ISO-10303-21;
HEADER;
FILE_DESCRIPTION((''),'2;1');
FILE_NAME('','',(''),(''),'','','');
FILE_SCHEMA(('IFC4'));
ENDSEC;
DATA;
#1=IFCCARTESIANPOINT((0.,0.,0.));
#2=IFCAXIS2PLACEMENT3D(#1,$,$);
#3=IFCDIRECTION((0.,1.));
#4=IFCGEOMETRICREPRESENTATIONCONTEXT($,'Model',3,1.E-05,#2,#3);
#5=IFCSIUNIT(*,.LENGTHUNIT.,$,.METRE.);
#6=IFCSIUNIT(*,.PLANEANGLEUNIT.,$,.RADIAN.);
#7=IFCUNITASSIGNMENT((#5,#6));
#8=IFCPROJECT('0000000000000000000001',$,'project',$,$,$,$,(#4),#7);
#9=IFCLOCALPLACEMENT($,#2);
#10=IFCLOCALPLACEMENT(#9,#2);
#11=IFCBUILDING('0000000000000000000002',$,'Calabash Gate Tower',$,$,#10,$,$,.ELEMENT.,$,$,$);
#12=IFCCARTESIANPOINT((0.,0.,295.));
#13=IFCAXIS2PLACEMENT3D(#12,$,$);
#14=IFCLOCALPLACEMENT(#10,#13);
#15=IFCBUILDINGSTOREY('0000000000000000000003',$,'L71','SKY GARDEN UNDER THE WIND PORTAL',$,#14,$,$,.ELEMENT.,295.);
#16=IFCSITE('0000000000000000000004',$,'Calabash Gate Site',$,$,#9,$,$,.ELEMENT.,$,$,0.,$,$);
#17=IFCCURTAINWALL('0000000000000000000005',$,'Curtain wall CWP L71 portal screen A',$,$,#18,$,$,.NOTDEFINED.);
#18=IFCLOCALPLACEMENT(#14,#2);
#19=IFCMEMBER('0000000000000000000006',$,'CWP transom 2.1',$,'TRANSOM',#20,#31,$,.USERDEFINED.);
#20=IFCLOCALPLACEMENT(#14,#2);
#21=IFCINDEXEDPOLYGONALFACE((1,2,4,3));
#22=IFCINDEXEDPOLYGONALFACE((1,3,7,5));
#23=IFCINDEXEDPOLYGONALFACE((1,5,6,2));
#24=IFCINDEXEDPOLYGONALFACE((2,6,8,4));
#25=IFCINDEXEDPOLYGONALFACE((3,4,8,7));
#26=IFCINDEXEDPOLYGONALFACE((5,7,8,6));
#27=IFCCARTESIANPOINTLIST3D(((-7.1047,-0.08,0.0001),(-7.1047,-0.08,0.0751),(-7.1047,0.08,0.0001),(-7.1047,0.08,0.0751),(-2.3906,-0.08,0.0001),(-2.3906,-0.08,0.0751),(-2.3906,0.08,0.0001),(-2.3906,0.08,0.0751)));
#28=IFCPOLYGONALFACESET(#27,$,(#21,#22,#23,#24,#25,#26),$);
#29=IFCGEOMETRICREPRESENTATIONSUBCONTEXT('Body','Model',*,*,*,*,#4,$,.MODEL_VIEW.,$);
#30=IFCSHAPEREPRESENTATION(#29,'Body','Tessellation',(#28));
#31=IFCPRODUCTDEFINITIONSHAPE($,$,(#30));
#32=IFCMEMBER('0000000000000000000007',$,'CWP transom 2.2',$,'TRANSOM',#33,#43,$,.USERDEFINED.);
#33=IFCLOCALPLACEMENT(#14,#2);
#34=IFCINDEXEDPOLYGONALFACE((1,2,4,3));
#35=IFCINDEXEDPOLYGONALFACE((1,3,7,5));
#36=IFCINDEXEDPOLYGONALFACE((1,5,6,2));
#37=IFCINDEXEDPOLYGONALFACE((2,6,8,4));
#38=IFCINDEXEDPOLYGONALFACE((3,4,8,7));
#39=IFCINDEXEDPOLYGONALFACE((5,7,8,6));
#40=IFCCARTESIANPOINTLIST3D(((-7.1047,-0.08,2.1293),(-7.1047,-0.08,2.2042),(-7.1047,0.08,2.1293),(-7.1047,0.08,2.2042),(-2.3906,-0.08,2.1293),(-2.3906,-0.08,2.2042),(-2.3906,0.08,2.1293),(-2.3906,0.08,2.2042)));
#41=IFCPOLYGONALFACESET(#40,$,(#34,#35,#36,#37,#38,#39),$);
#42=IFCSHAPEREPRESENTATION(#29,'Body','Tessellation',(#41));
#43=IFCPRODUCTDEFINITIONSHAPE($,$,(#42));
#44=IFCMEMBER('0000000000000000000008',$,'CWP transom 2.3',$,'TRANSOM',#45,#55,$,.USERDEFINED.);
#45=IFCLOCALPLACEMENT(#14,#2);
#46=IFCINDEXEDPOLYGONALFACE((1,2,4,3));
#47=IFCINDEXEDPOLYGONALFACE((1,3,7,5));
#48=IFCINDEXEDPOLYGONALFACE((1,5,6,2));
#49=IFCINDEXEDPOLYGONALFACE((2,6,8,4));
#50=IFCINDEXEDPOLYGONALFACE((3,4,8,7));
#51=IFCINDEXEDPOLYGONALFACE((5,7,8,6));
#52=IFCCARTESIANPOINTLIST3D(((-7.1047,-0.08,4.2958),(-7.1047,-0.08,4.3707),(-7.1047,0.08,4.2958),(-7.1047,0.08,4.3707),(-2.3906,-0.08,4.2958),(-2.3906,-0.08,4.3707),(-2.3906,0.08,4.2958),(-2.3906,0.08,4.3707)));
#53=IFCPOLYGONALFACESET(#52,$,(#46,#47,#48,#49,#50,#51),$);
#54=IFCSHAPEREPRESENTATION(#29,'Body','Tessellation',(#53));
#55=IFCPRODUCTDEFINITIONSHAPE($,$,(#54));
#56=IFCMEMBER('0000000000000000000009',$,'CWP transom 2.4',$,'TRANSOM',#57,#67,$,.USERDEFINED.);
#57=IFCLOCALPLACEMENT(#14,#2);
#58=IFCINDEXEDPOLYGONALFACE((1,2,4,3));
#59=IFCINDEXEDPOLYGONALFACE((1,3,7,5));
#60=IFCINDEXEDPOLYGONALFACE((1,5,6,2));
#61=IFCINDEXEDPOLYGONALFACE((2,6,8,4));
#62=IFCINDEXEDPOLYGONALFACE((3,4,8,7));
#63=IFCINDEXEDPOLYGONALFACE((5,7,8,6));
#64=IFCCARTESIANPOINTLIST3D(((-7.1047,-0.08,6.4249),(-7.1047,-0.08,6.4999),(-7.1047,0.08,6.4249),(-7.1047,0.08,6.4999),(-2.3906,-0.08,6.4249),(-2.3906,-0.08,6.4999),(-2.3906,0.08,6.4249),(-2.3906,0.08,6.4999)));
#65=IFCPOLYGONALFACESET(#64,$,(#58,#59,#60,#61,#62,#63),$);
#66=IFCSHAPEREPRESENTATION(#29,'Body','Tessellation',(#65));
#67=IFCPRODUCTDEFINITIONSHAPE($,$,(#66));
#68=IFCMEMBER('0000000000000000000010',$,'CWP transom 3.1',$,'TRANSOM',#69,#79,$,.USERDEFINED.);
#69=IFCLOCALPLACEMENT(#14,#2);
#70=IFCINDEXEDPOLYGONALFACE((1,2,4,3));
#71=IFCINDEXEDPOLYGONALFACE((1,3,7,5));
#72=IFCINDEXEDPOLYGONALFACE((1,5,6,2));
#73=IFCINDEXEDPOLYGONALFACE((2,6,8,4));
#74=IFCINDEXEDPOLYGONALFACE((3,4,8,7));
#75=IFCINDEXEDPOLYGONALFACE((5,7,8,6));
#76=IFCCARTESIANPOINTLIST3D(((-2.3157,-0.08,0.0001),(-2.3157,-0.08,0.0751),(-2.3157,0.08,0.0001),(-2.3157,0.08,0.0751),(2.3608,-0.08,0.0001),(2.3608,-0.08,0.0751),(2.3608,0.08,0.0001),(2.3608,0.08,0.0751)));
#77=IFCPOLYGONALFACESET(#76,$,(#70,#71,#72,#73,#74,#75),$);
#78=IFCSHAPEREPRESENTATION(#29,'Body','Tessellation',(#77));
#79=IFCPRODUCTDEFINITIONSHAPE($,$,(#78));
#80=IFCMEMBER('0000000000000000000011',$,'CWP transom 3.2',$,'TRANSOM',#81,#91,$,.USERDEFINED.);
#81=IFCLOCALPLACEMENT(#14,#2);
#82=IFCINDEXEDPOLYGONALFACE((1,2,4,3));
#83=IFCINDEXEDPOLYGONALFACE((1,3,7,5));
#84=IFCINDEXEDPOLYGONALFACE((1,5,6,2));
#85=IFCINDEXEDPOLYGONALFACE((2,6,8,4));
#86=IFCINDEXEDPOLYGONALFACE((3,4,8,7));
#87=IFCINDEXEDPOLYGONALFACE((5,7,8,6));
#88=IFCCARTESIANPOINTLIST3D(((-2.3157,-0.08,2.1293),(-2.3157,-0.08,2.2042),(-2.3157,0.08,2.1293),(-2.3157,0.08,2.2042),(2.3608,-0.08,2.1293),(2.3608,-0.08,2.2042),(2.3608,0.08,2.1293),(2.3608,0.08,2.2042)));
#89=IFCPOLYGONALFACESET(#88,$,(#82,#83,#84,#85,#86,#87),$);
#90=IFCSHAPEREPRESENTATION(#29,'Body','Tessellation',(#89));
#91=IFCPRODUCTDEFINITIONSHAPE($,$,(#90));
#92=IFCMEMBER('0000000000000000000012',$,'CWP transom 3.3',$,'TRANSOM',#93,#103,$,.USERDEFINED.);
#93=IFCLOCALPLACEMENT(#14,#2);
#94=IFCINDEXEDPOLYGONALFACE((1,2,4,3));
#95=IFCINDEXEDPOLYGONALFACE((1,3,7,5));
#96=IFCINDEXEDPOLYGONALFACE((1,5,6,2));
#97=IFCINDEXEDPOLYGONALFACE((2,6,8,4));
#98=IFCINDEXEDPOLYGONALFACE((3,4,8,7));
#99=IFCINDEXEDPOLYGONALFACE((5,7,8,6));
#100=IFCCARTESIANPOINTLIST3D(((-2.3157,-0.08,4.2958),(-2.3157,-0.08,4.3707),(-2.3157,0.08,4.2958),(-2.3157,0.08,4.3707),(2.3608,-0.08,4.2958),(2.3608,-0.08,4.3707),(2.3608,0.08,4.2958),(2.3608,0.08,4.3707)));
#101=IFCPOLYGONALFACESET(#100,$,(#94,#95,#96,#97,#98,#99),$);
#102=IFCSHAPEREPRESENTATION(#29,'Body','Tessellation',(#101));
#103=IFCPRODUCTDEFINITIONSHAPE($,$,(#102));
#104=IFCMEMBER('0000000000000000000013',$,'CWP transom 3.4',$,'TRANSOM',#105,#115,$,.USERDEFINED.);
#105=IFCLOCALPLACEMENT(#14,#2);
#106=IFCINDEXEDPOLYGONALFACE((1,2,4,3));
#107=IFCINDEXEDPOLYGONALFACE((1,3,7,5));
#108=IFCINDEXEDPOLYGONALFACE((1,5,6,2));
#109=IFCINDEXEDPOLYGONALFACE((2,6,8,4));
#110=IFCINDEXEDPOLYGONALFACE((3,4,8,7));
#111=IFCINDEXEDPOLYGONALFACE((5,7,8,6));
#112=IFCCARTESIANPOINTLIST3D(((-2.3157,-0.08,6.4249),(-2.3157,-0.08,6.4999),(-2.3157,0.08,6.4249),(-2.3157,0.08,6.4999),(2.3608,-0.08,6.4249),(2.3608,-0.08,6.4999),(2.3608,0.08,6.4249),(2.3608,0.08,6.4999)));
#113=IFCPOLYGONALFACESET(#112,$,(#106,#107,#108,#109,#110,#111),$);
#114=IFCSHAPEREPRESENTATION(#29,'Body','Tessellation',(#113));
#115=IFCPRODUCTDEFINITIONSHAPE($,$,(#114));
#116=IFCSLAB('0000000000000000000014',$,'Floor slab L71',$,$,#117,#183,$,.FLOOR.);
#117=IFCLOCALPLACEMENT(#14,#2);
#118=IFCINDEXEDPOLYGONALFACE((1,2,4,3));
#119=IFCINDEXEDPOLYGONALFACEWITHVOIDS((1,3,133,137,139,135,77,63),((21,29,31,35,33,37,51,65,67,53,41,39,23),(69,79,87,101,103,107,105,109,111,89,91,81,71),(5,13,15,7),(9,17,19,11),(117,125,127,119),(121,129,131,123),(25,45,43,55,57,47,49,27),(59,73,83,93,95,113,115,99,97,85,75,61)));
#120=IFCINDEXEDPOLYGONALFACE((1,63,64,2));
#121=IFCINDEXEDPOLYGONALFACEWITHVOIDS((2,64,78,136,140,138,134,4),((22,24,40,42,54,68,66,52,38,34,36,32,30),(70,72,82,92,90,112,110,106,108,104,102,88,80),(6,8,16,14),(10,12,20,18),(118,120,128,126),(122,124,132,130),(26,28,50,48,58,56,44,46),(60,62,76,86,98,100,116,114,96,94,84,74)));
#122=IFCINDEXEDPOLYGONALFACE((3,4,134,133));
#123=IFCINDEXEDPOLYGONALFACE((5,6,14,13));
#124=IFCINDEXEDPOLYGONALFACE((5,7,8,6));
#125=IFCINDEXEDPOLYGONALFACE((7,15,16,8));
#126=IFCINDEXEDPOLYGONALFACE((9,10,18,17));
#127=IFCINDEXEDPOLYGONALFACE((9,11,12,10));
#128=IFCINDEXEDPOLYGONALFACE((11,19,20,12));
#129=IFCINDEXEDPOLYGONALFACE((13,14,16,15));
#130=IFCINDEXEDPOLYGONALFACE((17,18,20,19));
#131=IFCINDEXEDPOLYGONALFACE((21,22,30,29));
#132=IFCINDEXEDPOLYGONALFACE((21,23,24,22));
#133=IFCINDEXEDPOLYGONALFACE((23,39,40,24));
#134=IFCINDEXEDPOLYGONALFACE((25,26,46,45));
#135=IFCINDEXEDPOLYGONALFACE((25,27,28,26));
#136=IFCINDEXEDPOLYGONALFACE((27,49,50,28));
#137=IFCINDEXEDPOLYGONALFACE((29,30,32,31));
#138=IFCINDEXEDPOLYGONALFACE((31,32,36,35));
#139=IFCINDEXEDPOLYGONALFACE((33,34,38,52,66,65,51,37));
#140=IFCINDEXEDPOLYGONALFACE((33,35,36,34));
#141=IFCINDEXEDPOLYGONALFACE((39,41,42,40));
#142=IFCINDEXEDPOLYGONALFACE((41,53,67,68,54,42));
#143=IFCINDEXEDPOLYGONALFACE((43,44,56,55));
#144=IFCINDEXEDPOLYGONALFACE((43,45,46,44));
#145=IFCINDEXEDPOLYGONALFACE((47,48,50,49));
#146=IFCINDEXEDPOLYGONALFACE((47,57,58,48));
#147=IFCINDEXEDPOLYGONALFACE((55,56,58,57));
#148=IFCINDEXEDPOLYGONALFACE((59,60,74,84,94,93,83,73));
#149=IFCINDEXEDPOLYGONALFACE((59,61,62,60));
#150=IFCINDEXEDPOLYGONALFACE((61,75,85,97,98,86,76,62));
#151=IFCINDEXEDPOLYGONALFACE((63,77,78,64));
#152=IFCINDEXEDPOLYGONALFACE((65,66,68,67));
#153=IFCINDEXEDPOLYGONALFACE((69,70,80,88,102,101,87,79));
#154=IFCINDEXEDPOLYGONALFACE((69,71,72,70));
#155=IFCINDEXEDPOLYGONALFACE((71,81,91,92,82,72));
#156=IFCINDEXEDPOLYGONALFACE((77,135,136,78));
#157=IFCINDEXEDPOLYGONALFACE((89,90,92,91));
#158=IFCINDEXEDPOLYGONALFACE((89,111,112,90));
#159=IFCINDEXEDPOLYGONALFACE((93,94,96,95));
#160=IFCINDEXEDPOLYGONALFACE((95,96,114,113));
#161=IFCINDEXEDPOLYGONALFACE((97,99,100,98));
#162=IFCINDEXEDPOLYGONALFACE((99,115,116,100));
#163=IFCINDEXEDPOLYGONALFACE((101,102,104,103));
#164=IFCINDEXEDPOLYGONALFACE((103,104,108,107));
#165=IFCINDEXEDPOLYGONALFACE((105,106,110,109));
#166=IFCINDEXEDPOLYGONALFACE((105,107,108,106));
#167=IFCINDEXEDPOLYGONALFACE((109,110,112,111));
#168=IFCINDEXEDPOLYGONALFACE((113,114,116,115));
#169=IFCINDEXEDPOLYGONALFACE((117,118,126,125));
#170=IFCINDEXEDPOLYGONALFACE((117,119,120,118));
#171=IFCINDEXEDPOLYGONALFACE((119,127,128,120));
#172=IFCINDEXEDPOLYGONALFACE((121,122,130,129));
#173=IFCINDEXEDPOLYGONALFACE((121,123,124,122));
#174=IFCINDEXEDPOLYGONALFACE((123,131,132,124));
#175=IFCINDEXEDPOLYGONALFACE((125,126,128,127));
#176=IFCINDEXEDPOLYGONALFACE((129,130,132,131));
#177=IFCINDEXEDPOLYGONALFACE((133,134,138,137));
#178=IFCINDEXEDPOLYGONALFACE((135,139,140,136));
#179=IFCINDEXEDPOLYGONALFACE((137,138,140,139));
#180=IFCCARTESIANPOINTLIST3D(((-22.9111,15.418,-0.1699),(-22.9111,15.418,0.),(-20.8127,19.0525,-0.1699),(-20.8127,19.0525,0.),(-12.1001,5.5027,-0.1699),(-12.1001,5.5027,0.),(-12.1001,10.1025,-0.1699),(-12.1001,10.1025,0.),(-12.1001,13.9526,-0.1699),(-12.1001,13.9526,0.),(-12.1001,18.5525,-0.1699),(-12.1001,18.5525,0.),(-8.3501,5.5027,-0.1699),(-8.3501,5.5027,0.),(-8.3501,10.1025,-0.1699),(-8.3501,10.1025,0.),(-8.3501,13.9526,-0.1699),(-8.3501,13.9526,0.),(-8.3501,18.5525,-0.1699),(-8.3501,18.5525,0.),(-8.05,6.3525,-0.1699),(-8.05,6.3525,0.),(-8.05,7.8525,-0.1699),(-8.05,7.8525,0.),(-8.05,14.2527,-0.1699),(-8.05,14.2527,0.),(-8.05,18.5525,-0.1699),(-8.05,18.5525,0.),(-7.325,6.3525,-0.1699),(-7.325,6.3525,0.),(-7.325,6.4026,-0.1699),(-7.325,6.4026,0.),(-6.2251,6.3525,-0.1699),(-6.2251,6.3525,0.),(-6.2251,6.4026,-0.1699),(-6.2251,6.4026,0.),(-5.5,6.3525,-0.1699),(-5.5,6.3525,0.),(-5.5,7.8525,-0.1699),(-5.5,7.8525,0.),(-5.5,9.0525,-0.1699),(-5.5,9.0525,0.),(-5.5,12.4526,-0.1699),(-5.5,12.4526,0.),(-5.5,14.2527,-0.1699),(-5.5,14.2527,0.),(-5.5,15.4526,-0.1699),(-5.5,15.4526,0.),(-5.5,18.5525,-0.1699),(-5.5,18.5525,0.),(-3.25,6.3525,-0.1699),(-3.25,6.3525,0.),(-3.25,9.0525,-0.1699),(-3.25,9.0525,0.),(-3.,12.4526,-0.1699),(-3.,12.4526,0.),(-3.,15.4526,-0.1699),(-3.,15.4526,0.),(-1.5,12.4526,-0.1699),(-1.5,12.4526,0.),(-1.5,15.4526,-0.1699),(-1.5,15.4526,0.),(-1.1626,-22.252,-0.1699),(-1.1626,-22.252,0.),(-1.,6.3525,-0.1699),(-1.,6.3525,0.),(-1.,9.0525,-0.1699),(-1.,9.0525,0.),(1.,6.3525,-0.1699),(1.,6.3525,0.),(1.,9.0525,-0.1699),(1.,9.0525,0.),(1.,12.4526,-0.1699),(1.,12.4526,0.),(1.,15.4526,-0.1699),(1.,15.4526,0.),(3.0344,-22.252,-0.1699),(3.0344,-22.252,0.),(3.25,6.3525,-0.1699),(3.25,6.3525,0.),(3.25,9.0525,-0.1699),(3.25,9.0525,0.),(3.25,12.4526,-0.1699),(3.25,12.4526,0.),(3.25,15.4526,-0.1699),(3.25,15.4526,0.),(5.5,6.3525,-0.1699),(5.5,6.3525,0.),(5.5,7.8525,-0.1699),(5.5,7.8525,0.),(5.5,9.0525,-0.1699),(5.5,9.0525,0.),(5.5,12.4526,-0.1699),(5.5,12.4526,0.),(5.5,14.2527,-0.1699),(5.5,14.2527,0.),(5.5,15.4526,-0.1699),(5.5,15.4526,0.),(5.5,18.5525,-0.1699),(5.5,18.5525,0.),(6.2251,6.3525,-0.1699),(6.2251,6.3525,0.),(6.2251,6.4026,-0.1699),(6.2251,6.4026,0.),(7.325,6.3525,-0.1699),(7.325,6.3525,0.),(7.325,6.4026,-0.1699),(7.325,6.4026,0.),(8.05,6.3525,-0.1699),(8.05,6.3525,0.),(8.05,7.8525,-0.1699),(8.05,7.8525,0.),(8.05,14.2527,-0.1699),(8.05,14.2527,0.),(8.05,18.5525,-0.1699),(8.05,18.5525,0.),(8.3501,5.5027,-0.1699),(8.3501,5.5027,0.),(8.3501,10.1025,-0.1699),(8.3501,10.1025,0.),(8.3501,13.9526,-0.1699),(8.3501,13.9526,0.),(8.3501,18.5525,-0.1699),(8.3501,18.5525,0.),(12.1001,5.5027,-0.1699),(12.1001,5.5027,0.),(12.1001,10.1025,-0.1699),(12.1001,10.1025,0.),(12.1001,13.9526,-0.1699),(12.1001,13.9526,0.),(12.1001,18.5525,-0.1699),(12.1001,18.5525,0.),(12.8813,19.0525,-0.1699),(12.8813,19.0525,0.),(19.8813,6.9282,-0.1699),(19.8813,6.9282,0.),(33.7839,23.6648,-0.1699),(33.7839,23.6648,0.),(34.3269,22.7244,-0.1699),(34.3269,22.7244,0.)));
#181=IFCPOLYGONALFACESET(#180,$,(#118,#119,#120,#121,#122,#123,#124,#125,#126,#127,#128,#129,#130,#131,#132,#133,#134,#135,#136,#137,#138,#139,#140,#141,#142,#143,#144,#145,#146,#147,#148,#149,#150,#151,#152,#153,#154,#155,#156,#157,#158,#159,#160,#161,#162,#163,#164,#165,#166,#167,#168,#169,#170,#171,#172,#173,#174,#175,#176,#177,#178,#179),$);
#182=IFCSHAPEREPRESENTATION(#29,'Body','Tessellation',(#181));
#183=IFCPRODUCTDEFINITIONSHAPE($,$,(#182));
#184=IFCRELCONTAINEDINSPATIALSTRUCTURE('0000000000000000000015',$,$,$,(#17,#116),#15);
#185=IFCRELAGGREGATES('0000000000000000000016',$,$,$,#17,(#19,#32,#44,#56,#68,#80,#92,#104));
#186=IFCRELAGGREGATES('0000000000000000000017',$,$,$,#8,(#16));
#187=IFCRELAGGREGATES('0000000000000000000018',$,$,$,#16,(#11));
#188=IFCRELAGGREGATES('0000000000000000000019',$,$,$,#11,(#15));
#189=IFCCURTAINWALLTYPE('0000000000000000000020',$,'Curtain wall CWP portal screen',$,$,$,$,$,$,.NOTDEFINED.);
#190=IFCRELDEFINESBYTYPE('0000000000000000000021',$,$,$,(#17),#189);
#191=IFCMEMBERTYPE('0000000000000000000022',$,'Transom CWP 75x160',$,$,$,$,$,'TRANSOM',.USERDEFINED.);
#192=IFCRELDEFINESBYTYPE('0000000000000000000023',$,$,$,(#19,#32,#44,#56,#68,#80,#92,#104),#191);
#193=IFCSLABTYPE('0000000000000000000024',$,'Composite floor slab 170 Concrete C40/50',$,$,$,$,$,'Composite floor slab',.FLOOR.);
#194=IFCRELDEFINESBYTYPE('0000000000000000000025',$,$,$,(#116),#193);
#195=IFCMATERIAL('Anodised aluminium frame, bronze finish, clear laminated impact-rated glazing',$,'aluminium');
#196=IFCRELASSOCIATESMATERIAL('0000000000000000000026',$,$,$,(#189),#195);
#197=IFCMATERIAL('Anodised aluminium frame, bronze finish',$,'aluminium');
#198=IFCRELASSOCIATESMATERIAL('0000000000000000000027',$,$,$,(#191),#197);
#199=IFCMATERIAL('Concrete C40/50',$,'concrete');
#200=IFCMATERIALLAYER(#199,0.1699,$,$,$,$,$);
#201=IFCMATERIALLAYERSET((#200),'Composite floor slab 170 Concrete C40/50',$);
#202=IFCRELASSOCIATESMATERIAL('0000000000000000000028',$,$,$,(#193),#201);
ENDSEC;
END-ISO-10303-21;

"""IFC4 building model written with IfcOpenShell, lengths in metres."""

from ifc_helpers import new_model, si_unit, direction, frame, origin, origin_2d, place, context, subcontext, project, spatial, polyline, rectangle, outline, extrude, material, layer, layer_set, material_profile, profile_set, type_object, element, aggregate, save


model = new_model("IFC4")

# Units and contexts
model_context = context("Model", 3, precision=1e-05, world=origin(), true_north=direction((0.0, 1.0)))
body_context = subcontext(model_context, "Body", "Model", "MODEL_VIEW")
ifc_project = project(units=[si_unit("LENGTHUNIT", "METRE"), si_unit("PLANEANGLEUNIT", "RADIAN")], contexts=[model_context])

# Site, building, storey
site_placement = place(None, origin())
site = spatial("IfcSite", under=ifc_project, at=site_placement, Name="Calabash Gate Site", CompositionType="ELEMENT", RefElevation=0.0)
building_placement = place(site_placement, origin())
building = spatial("IfcBuilding", under=site, at=building_placement, Name="Calabash Gate Tower", CompositionType="ELEMENT")
storey_placement = place(building_placement, frame((0.0, 0.0, 295.0)))
storey = spatial("IfcBuildingStorey", under=building, at=storey_placement, Name="L71", Description="SKY GARDEN UNDER THE WIND PORTAL", CompositionType="ELEMENT", Elevation=295.0)

# Curtain wall
ifc_material_1 = material(Name="Anodised aluminium frame, bronze finish, clear laminated impact-rated glazing", Category="aluminium")
curtain_wall_type_1 = type_object("IfcCurtainWallType", Name="Curtain wall CWP portal screen", PredefinedType="NOTDEFINED", material=ifc_material_1)
curtain_wall_1_placement = place(storey_placement, origin())
curtain_wall_1 = element("IfcCurtainWall", 1, at=curtain_wall_1_placement, inside=storey, type_object=curtain_wall_type_1, Name="Curtain wall CWP L71 portal screen A", PredefinedType="NOTDEFINED")

# Members
ifc_material_2 = material(Name="Anodised aluminium frame, bronze finish", Category="aluminium")
ifc_material_profile_1 = material_profile(ifc_material_2, rectangle(XDim=0.1599, YDim=0.075, at=origin_2d()))
ifc_profile_set_1 = profile_set([ifc_material_profile_1], Name="Anodised aluminium frame, bronze finish")
member_type_1 = type_object("IfcMemberType", Name="Transom CWP 75x160", ElementType="TRANSOM", PredefinedType="USERDEFINED", material=ifc_profile_set_1)
member_1_placement = place(storey_placement, frame((-7.1047, 0.0, 0.0376), z_axis=(1.0, 0.0, 0.0), x_axis=(0.0, 1.0, 0.0)))
member_1 = element("IfcMember", 2, at=member_1_placement, type_object=member_type_1, Name="CWP transom 2.1", ObjectType="TRANSOM", PredefinedType="USERDEFINED", context=body_context, shape_type="SweptSolid", body=[
    extrude(rectangle(XDim=0.1599, YDim=0.075, at=origin_2d()), origin(), (0.0, 0.0, 1.0), 4.7141),
])
member_2_placement = place(storey_placement, frame((-7.1047, 0.0, 2.1667), z_axis=(1.0, 0.0, 0.0), x_axis=(0.0, 1.0, 0.0)))
member_2 = element("IfcMember", 3, at=member_2_placement, type_object=member_type_1, Name="CWP transom 2.2", ObjectType="TRANSOM", PredefinedType="USERDEFINED", context=body_context, shape_type="SweptSolid", body=[
    extrude(rectangle(XDim=0.1599, YDim=0.075, at=origin_2d()), origin(), (0.0, 0.0, 1.0), 4.7141),
])
member_3_placement = place(storey_placement, frame((-7.1047, 0.0, 4.3333), z_axis=(1.0, 0.0, 0.0), x_axis=(0.0, 1.0, 0.0)))
member_3 = element("IfcMember", 4, at=member_3_placement, type_object=member_type_1, Name="CWP transom 2.3", ObjectType="TRANSOM", PredefinedType="USERDEFINED", context=body_context, shape_type="SweptSolid", body=[
    extrude(rectangle(XDim=0.1599, YDim=0.075, at=origin_2d()), origin(), (0.0, 0.0, 1.0), 4.7141),
])
member_4_placement = place(storey_placement, frame((-7.1047, 0.0, 6.4624), z_axis=(1.0, 0.0, 0.0), x_axis=(0.0, 1.0, 0.0)))
member_4 = element("IfcMember", 5, at=member_4_placement, type_object=member_type_1, Name="CWP transom 2.4", ObjectType="TRANSOM", PredefinedType="USERDEFINED", context=body_context, shape_type="SweptSolid", body=[
    extrude(rectangle(XDim=0.1599, YDim=0.075, at=origin_2d()), origin(), (0.0, 0.0, 1.0), 4.7141),
])
member_5_placement = place(storey_placement, frame((-2.3157, 0.0, 0.0376), z_axis=(1.0, 0.0, 0.0), x_axis=(0.0, 1.0, 0.0)))
member_5 = element("IfcMember", 6, at=member_5_placement, type_object=member_type_1, Name="CWP transom 3.1", ObjectType="TRANSOM", PredefinedType="USERDEFINED", context=body_context, shape_type="SweptSolid", body=[
    extrude(rectangle(XDim=0.1599, YDim=0.075, at=origin_2d()), origin(), (0.0, 0.0, 1.0), 4.6765),
])
member_6_placement = place(storey_placement, frame((-2.3157, 0.0, 2.1667), z_axis=(1.0, 0.0, 0.0), x_axis=(0.0, 1.0, 0.0)))
member_6 = element("IfcMember", 7, at=member_6_placement, type_object=member_type_1, Name="CWP transom 3.2", ObjectType="TRANSOM", PredefinedType="USERDEFINED", context=body_context, shape_type="SweptSolid", body=[
    extrude(rectangle(XDim=0.1599, YDim=0.075, at=origin_2d()), origin(), (0.0, 0.0, 1.0), 4.6765),
])
member_7_placement = place(storey_placement, frame((-2.3157, 0.0, 4.3333), z_axis=(1.0, 0.0, 0.0), x_axis=(0.0, 1.0, 0.0)))
member_7 = element("IfcMember", 8, at=member_7_placement, type_object=member_type_1, Name="CWP transom 3.3", ObjectType="TRANSOM", PredefinedType="USERDEFINED", context=body_context, shape_type="SweptSolid", body=[
    extrude(rectangle(XDim=0.1599, YDim=0.075, at=origin_2d()), origin(), (0.0, 0.0, 1.0), 4.6765),
])
member_8_placement = place(storey_placement, frame((-2.3157, 0.0, 6.4624), z_axis=(1.0, 0.0, 0.0), x_axis=(0.0, 1.0, 0.0)))
member_8 = element("IfcMember", 9, at=member_8_placement, type_object=member_type_1, Name="CWP transom 3.4", ObjectType="TRANSOM", PredefinedType="USERDEFINED", context=body_context, shape_type="SweptSolid", body=[
    extrude(rectangle(XDim=0.1599, YDim=0.075, at=origin_2d()), origin(), (0.0, 0.0, 1.0), 4.6765),
])

# Slab
ifc_material_3 = material(Name="Concrete C40/50", Category="concrete")
ifc_layer_1 = layer(ifc_material_3, 0.1699)
ifc_layer_set_1 = layer_set([ifc_layer_1], Name="Composite floor slab 170 Concrete C40/50")
slab_type = type_object("IfcSlabType", Name="Composite floor slab 170 Concrete C40/50", ElementType="Composite floor slab", PredefinedType="FLOOR", material=ifc_layer_set_1)
slab_placement = place(storey_placement, frame((0.0, 0.0, -0.1699)))
element("IfcSlab", 10, at=slab_placement, inside=storey, type_object=slab_type, Name="Floor slab L71", PredefinedType="FLOOR", context=body_context, shape_type="SweptSolid", body=[
    extrude(outline(polyline([(-22.9111, 15.418), (-20.8127, 19.0525), (12.8813, 19.0525), (33.7839, 23.6648), (34.3269, 22.7244), (19.8813, 6.9282), (3.0344, -22.252), (-1.1626, -22.252), (-22.9111, 15.418)]), holes=[polyline([(-1.0, 9.0525), (-3.25, 9.0525), (-5.5, 9.0525), (-5.5, 7.8525), (-8.05, 7.8525), (-8.05, 6.3525), (-7.325, 6.3525), (-7.325, 6.4026), (-6.2251, 6.4026), (-6.2251, 6.3525), (-5.5, 6.3525), (-3.25, 6.3525), (-1.0, 6.3525), (-1.0, 9.0525)]), polyline([(3.25, 6.3525), (5.5, 6.3525), (6.2251, 6.3525), (6.2251, 6.4026), (7.325, 6.4026), (7.325, 6.3525), (8.05, 6.3525), (8.05, 7.8525), (5.5, 7.8525), (5.5, 9.0525), (3.25, 9.0525), (1.0, 9.0525), (1.0, 6.3525), (3.25, 6.3525)]), polyline([(-5.5, 14.2527), (-5.5, 12.4526), (-3.0, 12.4526), (-3.0, 15.4526), (-5.5, 15.4526), (-5.5, 18.5525), (-8.05, 18.5525), (-8.05, 14.2527), (-5.5, 14.2527)]), polyline([(1.0, 15.4526), (-1.5, 15.4526), (-1.5, 12.4526), (1.0, 12.4526), (3.25, 12.4526), (5.5, 12.4526), (5.5, 14.2527), (8.05, 14.2527), (8.05, 18.5525), (5.5, 18.5525), (5.5, 15.4526), (3.25, 15.4526), (1.0, 15.4526)]), polyline([(-8.3501, 18.5525), (-12.1001, 18.5525), (-12.1001, 13.9526), (-8.3501, 13.9526), (-8.3501, 18.5525)]), polyline([(-12.1001, 10.1025), (-12.1001, 5.5027), (-8.3501, 5.5027), (-8.3501, 10.1025), (-12.1001, 10.1025)]), polyline([(8.3501, 13.9526), (12.1001, 13.9526), (12.1001, 18.5525), (8.3501, 18.5525), (8.3501, 13.9526)]), polyline([(12.1001, 5.5027), (12.1001, 10.1025), (8.3501, 10.1025), (8.3501, 5.5027), (12.1001, 5.5027)])]), origin(), (0.0, 0.0, 1.0), 0.1699),
])

aggregate(curtain_wall_1, [member_1, member_2, member_3, member_4, member_5, member_6, member_7, member_8])

save(model, "model.ifc")
